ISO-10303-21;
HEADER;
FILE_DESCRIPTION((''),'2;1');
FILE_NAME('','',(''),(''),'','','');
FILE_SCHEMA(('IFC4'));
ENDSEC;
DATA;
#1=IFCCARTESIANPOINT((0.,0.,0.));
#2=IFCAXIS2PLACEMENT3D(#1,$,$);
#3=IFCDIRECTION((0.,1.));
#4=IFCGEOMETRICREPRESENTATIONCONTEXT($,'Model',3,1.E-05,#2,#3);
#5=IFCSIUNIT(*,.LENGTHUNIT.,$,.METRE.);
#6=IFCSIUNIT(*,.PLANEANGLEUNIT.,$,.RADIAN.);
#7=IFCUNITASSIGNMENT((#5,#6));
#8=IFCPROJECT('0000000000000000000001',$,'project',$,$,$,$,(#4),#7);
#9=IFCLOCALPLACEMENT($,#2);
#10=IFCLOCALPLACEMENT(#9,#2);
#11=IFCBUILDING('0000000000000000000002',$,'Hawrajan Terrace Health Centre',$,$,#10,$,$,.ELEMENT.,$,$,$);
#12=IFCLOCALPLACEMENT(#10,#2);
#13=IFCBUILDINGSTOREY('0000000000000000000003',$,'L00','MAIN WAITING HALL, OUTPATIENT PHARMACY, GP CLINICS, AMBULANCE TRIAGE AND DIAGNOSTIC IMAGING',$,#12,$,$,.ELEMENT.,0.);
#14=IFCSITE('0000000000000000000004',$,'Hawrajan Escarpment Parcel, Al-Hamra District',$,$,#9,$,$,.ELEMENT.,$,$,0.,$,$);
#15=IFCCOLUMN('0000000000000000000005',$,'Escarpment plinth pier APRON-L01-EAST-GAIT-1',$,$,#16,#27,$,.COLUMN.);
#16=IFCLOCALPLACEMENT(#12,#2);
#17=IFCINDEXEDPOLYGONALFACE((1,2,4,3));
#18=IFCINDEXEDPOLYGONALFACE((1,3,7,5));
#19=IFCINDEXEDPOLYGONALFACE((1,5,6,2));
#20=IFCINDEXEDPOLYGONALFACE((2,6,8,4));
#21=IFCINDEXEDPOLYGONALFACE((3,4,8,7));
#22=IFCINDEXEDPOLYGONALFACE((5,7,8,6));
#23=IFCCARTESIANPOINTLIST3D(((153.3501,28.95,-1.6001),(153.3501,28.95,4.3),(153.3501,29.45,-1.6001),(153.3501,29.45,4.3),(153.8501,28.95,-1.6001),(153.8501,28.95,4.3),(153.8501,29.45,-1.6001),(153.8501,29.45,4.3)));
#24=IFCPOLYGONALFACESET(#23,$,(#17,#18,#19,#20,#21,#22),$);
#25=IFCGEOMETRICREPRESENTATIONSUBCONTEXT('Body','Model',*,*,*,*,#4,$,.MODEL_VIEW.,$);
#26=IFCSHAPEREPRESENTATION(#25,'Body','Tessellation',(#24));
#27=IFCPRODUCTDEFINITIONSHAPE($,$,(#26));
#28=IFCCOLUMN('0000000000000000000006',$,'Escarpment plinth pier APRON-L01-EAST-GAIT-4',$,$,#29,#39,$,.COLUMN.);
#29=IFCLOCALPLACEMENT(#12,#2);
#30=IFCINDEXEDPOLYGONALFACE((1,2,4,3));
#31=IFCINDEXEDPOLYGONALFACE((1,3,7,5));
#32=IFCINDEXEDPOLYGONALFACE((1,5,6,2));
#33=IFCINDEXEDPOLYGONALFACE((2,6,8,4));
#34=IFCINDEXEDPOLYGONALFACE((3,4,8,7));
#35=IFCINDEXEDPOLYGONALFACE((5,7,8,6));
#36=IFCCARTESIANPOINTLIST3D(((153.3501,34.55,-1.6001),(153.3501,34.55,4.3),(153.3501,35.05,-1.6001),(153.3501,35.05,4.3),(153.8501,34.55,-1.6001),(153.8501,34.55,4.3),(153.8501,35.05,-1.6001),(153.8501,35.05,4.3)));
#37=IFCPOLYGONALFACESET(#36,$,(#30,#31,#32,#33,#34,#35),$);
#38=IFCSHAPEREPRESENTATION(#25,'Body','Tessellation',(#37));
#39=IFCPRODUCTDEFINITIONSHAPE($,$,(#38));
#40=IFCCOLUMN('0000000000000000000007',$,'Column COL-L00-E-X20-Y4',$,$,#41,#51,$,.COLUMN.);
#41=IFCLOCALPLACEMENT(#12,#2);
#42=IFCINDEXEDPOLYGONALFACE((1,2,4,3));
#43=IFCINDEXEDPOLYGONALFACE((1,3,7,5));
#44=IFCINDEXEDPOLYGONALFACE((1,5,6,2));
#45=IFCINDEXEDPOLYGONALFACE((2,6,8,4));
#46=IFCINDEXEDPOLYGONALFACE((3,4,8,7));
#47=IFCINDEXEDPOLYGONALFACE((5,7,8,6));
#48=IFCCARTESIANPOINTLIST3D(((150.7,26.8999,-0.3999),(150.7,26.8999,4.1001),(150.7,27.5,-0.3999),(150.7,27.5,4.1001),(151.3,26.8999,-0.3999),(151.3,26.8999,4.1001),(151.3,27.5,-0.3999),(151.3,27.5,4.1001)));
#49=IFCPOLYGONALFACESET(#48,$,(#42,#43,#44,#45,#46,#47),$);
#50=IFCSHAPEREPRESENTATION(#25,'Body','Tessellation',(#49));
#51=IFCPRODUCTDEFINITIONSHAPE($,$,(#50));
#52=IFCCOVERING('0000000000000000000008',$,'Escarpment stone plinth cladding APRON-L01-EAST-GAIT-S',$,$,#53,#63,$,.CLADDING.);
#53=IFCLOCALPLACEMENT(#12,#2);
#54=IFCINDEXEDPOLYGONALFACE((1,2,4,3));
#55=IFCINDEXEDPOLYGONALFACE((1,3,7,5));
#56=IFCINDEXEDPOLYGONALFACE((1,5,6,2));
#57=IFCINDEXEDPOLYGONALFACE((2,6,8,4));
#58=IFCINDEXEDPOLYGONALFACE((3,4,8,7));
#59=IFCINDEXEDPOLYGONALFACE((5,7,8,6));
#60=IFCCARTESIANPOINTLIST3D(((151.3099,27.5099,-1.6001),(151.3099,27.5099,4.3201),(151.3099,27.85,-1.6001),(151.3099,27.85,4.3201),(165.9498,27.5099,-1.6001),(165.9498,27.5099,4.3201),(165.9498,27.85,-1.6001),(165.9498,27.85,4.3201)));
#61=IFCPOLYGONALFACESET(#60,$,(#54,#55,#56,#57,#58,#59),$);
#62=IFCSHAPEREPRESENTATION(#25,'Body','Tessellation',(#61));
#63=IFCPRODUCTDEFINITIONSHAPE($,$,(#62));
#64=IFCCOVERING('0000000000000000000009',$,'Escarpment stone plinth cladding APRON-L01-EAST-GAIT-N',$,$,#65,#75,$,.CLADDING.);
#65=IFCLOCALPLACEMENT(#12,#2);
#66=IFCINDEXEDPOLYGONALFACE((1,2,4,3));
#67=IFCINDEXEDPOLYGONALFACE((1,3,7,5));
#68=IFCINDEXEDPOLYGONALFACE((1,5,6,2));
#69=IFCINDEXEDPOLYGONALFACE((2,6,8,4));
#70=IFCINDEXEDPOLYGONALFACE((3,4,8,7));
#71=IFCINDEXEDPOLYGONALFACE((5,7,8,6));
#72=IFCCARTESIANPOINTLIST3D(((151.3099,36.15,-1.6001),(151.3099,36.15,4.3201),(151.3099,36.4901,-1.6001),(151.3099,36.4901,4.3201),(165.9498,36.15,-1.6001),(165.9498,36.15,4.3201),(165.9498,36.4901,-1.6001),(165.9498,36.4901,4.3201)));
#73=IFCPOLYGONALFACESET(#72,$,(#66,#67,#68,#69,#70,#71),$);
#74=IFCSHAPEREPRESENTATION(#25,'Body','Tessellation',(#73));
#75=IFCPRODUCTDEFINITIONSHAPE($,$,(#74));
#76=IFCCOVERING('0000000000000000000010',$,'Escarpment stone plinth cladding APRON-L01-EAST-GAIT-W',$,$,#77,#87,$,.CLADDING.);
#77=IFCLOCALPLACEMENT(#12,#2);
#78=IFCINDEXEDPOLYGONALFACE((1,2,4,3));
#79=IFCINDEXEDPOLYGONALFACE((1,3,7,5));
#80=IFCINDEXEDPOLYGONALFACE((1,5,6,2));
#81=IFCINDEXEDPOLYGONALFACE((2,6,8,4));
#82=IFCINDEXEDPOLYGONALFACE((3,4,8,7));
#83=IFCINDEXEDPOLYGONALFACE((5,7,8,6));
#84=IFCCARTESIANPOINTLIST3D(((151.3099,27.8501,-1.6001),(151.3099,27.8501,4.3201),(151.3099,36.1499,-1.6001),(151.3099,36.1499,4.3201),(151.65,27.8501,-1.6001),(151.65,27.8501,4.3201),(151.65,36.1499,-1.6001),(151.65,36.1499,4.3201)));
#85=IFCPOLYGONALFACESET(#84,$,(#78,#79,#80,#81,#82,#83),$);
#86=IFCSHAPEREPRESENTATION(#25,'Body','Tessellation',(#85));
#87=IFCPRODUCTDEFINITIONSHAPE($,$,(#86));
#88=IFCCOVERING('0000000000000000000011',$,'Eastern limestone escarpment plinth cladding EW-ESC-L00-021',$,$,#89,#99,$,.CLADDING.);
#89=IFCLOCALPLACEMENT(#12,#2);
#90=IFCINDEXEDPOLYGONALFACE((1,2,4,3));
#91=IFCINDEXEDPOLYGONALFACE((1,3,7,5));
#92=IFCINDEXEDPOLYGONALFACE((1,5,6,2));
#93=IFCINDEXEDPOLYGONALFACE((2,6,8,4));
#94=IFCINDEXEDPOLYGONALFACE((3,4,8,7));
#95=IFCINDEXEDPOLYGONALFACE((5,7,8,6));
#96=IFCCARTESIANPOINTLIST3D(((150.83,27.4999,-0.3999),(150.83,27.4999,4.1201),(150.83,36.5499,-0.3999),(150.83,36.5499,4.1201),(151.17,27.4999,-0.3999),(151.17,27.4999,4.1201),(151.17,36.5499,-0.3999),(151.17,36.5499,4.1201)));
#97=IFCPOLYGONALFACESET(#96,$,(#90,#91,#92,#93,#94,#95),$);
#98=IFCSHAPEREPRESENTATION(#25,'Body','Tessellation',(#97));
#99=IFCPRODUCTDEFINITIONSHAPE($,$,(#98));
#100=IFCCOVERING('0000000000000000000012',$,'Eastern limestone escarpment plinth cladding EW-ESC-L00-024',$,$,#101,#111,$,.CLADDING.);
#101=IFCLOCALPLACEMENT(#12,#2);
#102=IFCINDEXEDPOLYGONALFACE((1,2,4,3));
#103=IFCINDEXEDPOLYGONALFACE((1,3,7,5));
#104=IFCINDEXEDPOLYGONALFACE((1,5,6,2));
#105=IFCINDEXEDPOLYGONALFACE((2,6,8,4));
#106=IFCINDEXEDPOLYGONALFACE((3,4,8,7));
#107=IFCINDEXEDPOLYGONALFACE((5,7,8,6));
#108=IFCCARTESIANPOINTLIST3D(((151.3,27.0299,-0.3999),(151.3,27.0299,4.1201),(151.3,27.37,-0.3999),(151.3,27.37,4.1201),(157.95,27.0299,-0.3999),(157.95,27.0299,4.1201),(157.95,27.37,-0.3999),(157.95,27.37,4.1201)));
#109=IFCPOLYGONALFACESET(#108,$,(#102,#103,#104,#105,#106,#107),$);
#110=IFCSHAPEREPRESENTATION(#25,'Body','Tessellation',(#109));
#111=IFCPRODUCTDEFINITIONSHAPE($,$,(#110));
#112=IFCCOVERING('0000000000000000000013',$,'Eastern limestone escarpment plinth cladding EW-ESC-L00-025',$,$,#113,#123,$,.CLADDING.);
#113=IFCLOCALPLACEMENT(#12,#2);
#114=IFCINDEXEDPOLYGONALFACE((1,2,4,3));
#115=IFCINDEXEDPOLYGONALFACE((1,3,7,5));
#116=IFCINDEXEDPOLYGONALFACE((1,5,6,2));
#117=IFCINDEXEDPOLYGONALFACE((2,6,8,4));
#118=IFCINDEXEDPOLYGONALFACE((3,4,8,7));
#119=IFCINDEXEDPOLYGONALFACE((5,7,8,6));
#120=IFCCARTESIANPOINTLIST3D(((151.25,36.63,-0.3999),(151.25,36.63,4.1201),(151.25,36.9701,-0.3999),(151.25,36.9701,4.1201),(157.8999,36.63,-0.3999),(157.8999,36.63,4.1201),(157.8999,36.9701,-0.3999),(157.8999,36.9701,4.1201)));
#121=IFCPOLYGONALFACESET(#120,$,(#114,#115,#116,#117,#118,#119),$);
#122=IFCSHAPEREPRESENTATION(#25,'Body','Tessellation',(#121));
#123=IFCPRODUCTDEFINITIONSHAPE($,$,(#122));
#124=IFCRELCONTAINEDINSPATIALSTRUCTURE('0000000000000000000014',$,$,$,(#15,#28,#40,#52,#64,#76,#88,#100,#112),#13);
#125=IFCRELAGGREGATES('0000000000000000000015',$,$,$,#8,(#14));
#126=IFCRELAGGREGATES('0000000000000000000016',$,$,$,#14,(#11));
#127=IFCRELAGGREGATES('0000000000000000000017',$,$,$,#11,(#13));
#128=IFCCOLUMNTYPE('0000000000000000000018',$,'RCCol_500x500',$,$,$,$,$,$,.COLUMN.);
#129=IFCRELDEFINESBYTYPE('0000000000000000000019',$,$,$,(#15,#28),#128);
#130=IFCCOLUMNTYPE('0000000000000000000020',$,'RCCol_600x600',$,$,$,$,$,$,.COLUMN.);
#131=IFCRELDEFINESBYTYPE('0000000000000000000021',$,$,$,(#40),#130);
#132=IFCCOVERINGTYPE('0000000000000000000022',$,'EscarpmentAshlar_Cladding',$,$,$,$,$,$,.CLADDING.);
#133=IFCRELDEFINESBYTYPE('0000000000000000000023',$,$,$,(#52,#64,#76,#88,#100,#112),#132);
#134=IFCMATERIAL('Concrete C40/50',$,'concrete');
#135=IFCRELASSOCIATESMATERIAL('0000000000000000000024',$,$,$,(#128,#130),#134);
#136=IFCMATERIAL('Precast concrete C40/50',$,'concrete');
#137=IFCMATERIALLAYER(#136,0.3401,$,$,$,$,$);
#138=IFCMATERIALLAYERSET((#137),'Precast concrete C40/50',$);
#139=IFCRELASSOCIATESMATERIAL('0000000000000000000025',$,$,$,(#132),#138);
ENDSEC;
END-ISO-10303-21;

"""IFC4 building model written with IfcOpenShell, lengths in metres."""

from ifc_helpers import new_model, si_unit, direction, frame, frame_2d, origin, origin_2d, place, context, subcontext, project, spatial, rectangle, extrude, material, layer, layer_set, material_profile, profile_set, type_object, element, save


model = new_model("IFC4")

# Units and contexts
model_context = context("Model", 3, precision=1e-05, world=origin(), true_north=direction((0.0, 1.0)))
body_context = subcontext(model_context, "Body", "Model", "MODEL_VIEW")
ifc_project = project(units=[si_unit("LENGTHUNIT", "METRE"), si_unit("PLANEANGLEUNIT", "RADIAN")], contexts=[model_context])

# Site, building, storey
site_placement = place(None, origin())
site = spatial("IfcSite", under=ifc_project, at=site_placement, Name="Hawrajan Escarpment Parcel, Al-Hamra District", CompositionType="ELEMENT", RefElevation=0.0)
building_placement = place(site_placement, origin())
building = spatial("IfcBuilding", under=site, at=building_placement, Name="Hawrajan Terrace Health Centre", CompositionType="ELEMENT")
storey_placement = place(building_placement, origin())
storey = spatial("IfcBuildingStorey", under=building, at=storey_placement, Name="L00", Description="MAIN WAITING HALL, OUTPATIENT PHARMACY, GP CLINICS, AMBULANCE TRIAGE AND DIAGNOSTIC IMAGING", CompositionType="ELEMENT", Elevation=0.0)

# Shared definitions
ifc_material_1 = material(Name="Concrete C40/50", Category="concrete")

# Columns
ifc_material_profile_1 = material_profile(ifc_material_1, rectangle(XDim=0.5, YDim=0.5, at=origin_2d()), Name="RC 500x500")
ifc_profile_set_1 = profile_set([ifc_material_profile_1], Name="Concrete C40/50")
column_type_1 = type_object("IfcColumnType", Name="RCCol_500x500", PredefinedType="COLUMN", material=ifc_profile_set_1)
for number, where, z_axis, x_axis, name in (
    (1, (153.6001, 29.2, -1.6001), (0.0, 0.0, 1.0), (1.0, 0.0, 0.0), "Escarpment plinth pier APRON-L01-EAST-GAIT-1"),
    (2, (153.6001, 34.8, -1.6001), (0.0, 0.0, 1.0), (1.0, 0.0, 0.0), "Escarpment plinth pier APRON-L01-EAST-GAIT-4"),
):
    element("IfcColumn", number, at=place(storey_placement, frame(where, z_axis=z_axis, x_axis=x_axis)), inside=storey, type_object=column_type_1, Name=name, PredefinedType="COLUMN", context=body_context, shape_type="SweptSolid", body=[
        extrude(rectangle(XDim=0.5, YDim=0.5, at=origin_2d()), origin(), (0.0, 0.0, 1.0), 5.9001),
    ])
ifc_material_profile_2 = material_profile(ifc_material_1, rectangle(XDim=0.6001, YDim=0.6001, at=origin_2d()), Name="RC 600x600")
ifc_profile_set_2 = profile_set([ifc_material_profile_2], Name="Concrete C40/50")
column_type_2 = type_object("IfcColumnType", Name="RCCol_600x600", PredefinedType="COLUMN", material=ifc_profile_set_2)
column_placement = place(storey_placement, frame((151.0, 27.2, -0.3999), z_axis=(0.0, 0.0, 1.0), x_axis=(1.0, 0.0, 0.0)))
element("IfcColumn", 3, at=column_placement, inside=storey, type_object=column_type_2, Name="Column COL-L00-E-X20-Y4", PredefinedType="COLUMN", context=body_context, shape_type="SweptSolid", body=[
    extrude(rectangle(XDim=0.6001, YDim=0.6001, at=origin_2d()), origin(), (0.0, 0.0, 1.0), 4.5),
])

# Coverings
ifc_material_2 = material(Name="Precast concrete C40/50", Category="concrete")
ifc_layer_1 = layer(ifc_material_2, 0.3401)
ifc_layer_set_1 = layer_set([ifc_layer_1], Name="Precast concrete C40/50")
covering_type = type_object("IfcCoveringType", Name="EscarpmentAshlar_Cladding", PredefinedType="CLADDING", material=ifc_layer_set_1)
for number, where, z_axis, x_axis, name in (
    (4, (151.3101, 27.6799, -1.6001), (0.0, 0.0, 1.0), (1.0, 0.0, 0.0), "Escarpment stone plinth cladding APRON-L01-EAST-GAIT-S"),
    (5, (151.3101, 36.3201, -1.6001), (0.0, 0.0, 1.0), (1.0, 0.0, 0.0), "Escarpment stone plinth cladding APRON-L01-EAST-GAIT-N"),
):
    element("IfcCovering", number, at=place(storey_placement, frame(where, z_axis=z_axis, x_axis=x_axis)), inside=storey, type_object=covering_type, Name=name, PredefinedType="CLADDING", context=body_context, shape_type="SweptSolid", body=[
        extrude(rectangle(XDim=14.6399, YDim=0.3401, at=frame_2d((7.3198, 0.0))), origin(), (0.0, 0.0, 1.0), 5.9202),
    ])
covering_1_placement = place(storey_placement, frame((151.48, 27.8501, -1.6001), z_axis=(0.0, 0.0, 1.0), x_axis=(0.0, 1.0, 0.0)))
element("IfcCovering", 6, at=covering_1_placement, inside=storey, type_object=covering_type, Name="Escarpment stone plinth cladding APRON-L01-EAST-GAIT-W", PredefinedType="CLADDING", context=body_context, shape_type="SweptSolid", body=[
    extrude(rectangle(XDim=8.2998, YDim=0.3401, at=frame_2d((4.1499, 0.0))), origin(), (0.0, 0.0, 1.0), 5.9202),
])
covering_2_placement = place(storey_placement, frame((151.0, 27.5, -0.3999), z_axis=(0.0, 0.0, 1.0), x_axis=(0.0, 1.0, 0.0)))
element("IfcCovering", 7, at=covering_2_placement, inside=storey, type_object=covering_type, Name="Eastern limestone escarpment plinth cladding EW-ESC-L00-021", PredefinedType="CLADDING", context=body_context, shape_type="SweptSolid", body=[
    extrude(rectangle(XDim=9.05, YDim=0.3401, at=frame_2d((4.5249, 0.0))), origin(), (0.0, 0.0, 1.0), 4.52),
])
for number, where, z_axis, x_axis, name in (
    (8, (151.3, 27.2, -0.3999), (0.0, 0.0, 1.0), (1.0, 0.0, 0.0), "Eastern limestone escarpment plinth cladding EW-ESC-L00-024"),
    (9, (151.25, 36.8, -0.3999), (0.0, 0.0, 1.0), (1.0, 0.0, 0.0), "Eastern limestone escarpment plinth cladding EW-ESC-L00-025"),
):
    element("IfcCovering", number, at=place(storey_placement, frame(where, z_axis=z_axis, x_axis=x_axis)), inside=storey, type_object=covering_type, Name=name, PredefinedType="CLADDING", context=body_context, shape_type="SweptSolid", body=[
        extrude(rectangle(XDim=6.6499, YDim=0.3401, at=frame_2d((3.325, 0.0))), origin(), (0.0, 0.0, 1.0), 4.52),
    ])

save(model, "model.ifc")
